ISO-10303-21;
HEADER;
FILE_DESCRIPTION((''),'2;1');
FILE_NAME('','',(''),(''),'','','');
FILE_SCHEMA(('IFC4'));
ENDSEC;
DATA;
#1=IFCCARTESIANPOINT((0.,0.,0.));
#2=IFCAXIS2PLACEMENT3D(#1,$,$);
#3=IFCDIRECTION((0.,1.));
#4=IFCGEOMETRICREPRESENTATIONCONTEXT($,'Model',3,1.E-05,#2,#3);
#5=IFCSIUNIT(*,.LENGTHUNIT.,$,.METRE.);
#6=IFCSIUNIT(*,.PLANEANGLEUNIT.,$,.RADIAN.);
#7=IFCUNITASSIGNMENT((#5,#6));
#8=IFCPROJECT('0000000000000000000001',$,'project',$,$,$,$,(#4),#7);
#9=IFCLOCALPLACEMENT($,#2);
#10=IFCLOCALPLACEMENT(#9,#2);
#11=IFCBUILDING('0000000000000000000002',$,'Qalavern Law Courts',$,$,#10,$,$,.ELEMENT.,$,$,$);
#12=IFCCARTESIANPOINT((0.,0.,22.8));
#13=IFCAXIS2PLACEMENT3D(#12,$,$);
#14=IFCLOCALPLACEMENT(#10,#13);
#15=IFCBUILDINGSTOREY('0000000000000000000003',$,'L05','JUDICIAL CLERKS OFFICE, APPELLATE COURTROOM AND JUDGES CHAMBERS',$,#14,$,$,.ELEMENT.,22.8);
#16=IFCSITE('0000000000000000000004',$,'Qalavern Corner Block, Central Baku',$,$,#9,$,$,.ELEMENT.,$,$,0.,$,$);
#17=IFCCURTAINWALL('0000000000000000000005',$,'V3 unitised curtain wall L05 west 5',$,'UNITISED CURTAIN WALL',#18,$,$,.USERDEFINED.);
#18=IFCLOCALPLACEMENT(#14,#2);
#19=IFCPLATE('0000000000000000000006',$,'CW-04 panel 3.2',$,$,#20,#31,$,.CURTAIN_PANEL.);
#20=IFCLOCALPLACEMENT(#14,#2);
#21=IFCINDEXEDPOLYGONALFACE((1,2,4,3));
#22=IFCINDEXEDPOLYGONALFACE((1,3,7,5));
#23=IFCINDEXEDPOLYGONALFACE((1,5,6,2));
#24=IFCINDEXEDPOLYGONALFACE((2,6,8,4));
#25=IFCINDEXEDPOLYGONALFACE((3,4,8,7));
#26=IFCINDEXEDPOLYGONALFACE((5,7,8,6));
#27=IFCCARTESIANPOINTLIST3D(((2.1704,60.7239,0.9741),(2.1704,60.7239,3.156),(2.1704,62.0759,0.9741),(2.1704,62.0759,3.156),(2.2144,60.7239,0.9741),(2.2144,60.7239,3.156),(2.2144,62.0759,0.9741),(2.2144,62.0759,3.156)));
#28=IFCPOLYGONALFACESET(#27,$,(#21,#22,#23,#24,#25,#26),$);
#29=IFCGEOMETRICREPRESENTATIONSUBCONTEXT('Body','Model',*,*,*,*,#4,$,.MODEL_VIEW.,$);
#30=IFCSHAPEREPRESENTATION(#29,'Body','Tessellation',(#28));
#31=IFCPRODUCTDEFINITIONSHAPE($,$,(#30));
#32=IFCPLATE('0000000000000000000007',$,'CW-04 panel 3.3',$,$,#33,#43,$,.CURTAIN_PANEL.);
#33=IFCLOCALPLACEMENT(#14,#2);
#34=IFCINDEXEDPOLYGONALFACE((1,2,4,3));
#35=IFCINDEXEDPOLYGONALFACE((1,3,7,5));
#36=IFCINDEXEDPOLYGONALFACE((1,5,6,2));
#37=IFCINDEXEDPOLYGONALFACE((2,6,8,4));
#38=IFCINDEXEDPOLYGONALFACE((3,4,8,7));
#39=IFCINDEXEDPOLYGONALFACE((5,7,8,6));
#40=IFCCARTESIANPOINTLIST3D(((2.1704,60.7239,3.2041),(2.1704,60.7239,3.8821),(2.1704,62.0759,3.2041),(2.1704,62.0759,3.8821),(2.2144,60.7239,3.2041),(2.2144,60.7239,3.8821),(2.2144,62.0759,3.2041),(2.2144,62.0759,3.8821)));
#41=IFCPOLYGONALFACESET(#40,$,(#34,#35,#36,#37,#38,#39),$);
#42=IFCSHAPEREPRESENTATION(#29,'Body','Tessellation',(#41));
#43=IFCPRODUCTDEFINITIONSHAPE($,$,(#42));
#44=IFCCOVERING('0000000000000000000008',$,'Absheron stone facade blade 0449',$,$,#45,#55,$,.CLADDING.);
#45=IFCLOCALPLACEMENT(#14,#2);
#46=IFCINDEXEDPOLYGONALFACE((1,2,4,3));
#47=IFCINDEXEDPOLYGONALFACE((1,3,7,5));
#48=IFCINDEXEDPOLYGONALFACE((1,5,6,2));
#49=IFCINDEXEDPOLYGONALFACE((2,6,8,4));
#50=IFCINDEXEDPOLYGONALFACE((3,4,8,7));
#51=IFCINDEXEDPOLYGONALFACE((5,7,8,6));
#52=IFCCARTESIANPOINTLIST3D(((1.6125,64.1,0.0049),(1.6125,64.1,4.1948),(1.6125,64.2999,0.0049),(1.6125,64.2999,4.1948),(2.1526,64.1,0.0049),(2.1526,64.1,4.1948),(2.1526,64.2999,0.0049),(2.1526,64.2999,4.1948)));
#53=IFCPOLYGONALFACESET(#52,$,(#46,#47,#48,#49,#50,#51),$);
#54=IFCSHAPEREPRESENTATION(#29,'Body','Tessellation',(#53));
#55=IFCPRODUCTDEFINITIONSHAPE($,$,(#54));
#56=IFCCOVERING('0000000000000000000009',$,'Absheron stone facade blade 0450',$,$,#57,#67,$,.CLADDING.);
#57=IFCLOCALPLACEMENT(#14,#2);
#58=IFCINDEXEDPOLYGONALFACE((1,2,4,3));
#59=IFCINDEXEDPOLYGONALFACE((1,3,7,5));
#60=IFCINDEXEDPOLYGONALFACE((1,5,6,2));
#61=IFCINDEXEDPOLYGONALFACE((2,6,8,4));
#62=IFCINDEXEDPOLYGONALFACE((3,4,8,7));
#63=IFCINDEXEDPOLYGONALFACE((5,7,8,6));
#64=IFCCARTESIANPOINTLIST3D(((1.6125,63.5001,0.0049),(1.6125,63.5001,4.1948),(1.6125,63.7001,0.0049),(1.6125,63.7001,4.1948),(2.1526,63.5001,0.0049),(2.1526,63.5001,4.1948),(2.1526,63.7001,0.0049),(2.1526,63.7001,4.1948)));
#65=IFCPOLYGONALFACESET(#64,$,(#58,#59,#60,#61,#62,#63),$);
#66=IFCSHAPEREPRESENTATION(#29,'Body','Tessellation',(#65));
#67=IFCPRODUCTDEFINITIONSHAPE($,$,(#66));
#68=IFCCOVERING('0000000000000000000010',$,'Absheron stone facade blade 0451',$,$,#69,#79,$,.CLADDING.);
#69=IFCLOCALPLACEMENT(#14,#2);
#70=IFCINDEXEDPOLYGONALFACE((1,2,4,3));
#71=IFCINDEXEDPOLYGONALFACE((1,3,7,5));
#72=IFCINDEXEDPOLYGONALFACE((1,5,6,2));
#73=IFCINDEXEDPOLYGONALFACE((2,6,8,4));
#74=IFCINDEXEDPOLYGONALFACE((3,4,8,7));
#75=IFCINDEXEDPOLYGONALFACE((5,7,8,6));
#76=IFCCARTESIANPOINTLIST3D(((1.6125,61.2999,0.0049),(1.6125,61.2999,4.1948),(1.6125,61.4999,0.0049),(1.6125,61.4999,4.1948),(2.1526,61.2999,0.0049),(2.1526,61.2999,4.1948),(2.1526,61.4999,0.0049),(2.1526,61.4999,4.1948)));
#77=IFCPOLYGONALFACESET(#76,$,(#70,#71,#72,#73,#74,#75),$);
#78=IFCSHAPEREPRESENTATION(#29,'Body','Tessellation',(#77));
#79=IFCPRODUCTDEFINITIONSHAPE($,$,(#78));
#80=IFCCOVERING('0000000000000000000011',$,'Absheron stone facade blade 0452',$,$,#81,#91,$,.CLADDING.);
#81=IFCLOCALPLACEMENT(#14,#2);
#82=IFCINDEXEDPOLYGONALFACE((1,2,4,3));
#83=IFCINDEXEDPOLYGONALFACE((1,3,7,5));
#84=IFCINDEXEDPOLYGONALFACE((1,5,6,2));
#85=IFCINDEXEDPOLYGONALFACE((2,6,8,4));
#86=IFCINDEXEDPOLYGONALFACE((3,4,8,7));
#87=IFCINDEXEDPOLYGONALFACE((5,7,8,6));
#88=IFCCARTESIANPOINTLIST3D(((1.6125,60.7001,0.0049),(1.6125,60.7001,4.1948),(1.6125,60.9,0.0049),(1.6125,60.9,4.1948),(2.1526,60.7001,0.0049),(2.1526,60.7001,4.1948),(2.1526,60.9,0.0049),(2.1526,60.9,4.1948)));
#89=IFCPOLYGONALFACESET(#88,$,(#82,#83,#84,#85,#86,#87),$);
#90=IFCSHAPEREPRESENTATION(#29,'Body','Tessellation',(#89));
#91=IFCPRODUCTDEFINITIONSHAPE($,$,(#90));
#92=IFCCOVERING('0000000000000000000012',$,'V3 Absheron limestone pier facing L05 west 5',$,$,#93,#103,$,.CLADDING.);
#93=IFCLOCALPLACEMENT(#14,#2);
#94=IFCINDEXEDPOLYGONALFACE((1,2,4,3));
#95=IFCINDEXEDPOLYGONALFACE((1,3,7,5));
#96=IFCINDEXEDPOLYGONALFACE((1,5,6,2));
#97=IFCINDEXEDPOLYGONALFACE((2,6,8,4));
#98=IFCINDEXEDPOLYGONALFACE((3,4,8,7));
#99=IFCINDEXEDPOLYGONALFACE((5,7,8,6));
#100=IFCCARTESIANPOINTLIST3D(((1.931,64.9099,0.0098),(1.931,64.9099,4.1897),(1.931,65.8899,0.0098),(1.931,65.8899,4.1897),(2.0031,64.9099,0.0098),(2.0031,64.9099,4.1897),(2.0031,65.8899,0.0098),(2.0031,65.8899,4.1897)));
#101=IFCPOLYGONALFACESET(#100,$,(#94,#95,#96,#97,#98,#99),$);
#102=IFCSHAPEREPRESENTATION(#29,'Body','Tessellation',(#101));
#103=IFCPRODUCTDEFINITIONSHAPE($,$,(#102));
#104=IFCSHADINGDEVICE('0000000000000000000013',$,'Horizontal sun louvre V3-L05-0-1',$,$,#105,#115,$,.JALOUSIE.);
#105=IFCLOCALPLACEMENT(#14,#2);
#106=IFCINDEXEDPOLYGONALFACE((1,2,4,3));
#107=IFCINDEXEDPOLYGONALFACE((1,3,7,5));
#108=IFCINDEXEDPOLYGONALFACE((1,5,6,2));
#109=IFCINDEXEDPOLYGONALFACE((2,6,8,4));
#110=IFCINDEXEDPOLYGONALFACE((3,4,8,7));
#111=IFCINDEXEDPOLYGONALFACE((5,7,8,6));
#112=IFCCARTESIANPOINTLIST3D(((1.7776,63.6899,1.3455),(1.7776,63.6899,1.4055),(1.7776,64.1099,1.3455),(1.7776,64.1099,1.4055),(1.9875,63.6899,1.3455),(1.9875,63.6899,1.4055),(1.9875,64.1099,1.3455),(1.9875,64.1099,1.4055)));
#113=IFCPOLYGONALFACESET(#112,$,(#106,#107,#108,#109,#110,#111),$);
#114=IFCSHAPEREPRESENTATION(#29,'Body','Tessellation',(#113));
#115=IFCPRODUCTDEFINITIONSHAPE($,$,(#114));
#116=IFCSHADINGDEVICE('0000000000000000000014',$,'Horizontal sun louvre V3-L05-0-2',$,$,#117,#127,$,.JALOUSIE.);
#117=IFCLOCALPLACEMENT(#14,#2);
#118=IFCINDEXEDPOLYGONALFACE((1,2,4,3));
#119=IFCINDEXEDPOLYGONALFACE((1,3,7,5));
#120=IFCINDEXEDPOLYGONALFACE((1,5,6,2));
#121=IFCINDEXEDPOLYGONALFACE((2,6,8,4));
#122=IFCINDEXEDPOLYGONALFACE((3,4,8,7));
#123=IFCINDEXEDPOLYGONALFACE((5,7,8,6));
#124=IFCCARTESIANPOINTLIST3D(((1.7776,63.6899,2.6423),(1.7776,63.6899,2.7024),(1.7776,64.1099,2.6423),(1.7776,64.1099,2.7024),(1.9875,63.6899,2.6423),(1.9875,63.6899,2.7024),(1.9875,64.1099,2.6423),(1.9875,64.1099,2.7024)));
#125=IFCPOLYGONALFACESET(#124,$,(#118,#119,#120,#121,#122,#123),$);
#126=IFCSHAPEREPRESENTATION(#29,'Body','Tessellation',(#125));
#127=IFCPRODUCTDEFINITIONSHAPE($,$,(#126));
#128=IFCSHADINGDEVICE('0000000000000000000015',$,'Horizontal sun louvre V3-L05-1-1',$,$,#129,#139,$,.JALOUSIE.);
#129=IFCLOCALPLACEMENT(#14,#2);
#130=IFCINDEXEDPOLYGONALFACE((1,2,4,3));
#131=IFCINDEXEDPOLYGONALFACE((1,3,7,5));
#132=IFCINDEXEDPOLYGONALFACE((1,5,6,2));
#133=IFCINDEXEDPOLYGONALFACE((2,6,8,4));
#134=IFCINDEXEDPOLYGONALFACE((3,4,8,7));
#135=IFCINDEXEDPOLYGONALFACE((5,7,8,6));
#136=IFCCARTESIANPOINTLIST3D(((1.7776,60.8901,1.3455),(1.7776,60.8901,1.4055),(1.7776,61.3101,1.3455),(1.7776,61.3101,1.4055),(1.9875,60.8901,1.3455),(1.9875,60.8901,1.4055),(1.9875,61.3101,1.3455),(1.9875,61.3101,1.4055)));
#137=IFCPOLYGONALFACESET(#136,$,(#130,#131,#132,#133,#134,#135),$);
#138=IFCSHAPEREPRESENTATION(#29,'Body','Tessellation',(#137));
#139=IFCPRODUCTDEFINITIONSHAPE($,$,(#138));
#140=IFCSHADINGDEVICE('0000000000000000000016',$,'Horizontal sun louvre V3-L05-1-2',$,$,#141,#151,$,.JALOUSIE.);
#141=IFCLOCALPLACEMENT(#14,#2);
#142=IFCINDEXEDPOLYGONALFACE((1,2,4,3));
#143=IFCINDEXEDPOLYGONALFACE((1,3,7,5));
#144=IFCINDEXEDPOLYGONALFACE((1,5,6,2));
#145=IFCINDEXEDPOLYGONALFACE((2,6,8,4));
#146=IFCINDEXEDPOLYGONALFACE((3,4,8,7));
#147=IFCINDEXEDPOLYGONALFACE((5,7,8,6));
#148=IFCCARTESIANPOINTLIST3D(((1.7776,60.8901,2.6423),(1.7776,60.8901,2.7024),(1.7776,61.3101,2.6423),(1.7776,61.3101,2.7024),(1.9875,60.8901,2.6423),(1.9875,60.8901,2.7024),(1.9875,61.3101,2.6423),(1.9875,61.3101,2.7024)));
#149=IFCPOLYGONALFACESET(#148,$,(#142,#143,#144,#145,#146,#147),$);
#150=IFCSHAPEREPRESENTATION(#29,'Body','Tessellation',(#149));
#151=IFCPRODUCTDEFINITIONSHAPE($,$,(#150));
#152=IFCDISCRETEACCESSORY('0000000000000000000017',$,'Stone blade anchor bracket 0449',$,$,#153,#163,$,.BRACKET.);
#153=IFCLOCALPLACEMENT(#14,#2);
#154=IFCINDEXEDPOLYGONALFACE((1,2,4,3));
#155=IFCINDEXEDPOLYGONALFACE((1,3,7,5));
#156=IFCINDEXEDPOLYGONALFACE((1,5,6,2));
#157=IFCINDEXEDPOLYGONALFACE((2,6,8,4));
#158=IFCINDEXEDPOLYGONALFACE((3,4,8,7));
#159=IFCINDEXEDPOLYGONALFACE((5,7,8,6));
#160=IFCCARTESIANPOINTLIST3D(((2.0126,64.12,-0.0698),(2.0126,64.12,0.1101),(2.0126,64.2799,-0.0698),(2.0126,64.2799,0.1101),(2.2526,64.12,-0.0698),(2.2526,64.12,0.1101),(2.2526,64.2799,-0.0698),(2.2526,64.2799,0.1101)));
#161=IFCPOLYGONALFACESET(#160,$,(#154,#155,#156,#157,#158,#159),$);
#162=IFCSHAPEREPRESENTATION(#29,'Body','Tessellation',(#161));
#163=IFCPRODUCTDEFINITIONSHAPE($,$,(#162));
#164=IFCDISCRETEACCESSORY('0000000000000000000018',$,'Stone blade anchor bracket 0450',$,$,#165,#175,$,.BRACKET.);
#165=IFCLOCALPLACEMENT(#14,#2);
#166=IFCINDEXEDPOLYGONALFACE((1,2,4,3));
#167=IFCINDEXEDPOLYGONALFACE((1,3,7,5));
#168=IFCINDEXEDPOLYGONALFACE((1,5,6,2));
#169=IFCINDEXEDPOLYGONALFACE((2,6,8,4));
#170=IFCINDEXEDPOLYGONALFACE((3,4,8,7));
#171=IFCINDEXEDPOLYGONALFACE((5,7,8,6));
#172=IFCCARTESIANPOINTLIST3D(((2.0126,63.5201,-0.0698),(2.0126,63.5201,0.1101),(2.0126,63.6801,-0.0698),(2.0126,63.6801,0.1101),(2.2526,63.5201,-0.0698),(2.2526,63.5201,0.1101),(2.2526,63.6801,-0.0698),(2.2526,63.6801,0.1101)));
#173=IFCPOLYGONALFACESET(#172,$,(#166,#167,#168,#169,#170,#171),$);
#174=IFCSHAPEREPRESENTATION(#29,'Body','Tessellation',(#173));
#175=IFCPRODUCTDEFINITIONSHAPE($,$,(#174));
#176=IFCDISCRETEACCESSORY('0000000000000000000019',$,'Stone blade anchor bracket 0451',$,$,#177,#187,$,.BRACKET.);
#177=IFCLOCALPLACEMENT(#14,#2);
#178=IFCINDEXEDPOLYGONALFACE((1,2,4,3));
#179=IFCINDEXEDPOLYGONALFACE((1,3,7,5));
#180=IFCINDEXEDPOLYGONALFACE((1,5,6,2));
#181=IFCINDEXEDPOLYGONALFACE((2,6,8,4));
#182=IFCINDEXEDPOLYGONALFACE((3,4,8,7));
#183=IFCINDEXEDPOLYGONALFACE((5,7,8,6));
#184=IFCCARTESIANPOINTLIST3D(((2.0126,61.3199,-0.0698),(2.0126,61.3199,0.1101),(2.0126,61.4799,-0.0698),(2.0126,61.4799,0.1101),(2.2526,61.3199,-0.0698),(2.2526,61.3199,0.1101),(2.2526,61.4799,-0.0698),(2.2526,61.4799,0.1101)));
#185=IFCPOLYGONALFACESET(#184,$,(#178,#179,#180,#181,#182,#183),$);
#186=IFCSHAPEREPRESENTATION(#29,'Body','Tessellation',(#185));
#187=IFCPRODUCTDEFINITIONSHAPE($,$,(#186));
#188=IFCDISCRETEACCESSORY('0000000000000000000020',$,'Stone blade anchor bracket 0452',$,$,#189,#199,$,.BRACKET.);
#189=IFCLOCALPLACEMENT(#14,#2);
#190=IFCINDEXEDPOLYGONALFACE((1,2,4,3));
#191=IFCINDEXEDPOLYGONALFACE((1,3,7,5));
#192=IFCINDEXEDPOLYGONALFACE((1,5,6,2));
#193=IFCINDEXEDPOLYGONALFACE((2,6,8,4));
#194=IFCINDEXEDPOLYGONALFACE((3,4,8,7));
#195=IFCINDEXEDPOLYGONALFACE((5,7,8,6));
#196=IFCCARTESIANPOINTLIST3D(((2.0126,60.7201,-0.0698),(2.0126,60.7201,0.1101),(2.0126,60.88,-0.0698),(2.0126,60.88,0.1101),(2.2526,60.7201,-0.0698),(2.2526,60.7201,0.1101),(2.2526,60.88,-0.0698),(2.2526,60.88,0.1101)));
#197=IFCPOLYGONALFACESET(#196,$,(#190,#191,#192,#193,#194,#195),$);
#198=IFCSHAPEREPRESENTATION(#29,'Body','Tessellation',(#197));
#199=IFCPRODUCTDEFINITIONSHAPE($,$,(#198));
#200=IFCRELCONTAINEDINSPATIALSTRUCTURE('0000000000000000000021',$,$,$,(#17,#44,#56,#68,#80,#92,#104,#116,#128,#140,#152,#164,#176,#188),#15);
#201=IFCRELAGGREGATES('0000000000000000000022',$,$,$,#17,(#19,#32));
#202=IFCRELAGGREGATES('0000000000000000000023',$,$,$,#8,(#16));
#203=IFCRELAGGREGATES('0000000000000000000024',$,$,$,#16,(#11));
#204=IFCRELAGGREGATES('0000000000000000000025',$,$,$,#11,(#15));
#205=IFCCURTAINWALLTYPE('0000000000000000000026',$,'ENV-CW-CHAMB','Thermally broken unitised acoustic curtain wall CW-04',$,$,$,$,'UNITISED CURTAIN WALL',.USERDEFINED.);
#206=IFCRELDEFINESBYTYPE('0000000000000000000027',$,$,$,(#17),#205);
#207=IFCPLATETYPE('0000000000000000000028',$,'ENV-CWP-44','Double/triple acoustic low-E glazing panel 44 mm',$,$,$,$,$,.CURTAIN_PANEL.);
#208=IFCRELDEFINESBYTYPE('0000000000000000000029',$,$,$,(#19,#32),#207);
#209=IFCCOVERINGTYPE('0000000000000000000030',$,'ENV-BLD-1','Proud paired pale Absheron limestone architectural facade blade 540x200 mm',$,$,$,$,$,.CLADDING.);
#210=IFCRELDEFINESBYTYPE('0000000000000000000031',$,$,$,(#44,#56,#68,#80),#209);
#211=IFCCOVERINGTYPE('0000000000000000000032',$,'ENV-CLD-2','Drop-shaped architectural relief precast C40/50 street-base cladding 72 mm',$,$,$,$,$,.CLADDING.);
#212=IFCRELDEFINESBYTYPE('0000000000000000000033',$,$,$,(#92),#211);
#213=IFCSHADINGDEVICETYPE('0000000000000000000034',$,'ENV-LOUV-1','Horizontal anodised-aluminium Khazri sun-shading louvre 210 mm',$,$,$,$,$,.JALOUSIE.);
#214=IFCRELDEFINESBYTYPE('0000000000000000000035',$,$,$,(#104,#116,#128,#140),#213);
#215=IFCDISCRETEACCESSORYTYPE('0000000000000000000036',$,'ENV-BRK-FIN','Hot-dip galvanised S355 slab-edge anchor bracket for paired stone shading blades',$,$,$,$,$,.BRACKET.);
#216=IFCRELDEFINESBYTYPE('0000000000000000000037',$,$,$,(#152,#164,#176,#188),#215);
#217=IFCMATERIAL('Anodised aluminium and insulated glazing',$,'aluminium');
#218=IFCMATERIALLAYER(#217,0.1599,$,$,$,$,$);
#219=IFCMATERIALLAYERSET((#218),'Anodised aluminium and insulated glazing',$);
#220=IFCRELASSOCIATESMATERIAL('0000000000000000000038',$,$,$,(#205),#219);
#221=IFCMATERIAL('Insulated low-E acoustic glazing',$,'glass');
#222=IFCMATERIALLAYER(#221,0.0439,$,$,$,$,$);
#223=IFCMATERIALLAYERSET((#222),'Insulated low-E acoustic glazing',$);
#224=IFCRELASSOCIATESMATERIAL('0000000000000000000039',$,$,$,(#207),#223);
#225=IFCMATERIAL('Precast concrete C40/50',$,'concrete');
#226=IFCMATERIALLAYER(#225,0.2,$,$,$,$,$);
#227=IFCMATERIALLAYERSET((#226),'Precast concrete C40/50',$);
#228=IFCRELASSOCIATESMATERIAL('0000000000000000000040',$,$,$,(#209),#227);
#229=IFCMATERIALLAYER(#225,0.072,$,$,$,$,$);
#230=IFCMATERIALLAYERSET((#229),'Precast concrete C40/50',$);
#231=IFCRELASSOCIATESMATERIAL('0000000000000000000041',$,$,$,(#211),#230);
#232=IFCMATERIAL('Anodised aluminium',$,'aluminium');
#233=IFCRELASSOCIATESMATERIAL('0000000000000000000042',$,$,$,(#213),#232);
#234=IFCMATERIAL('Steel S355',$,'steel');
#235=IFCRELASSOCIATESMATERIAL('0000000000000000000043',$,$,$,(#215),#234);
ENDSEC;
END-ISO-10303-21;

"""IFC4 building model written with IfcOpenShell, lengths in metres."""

from ifc_helpers import new_model, si_unit, direction, frame, origin, origin_2d, place, context, subcontext, project, spatial, rectangle, extrude, material, layer, layer_set, type_object, element, aggregate, save


model = new_model("IFC4")

# Units and contexts
model_context = context("Model", 3, precision=1e-05, world=origin(), true_north=direction((0.0, 1.0)))
body_context = subcontext(model_context, "Body", "Model", "MODEL_VIEW")
ifc_project = project(units=[si_unit("LENGTHUNIT", "METRE"), si_unit("PLANEANGLEUNIT", "RADIAN")], contexts=[model_context])

# Site, building, storey
site_placement = place(None, origin())
site = spatial("IfcSite", under=ifc_project, at=site_placement, Name="Qalavern Corner Block, Central Baku", CompositionType="ELEMENT", RefElevation=0.0)
building_placement = place(site_placement, origin())
building = spatial("IfcBuilding", under=site, at=building_placement, Name="Qalavern Law Courts", CompositionType="ELEMENT")
storey_placement = place(building_placement, frame((0.0, 0.0, 22.8)))
storey = spatial("IfcBuildingStorey", under=building, at=storey_placement, Name="L05", Description="JUDICIAL CLERKS OFFICE, APPELLATE COURTROOM AND JUDGES CHAMBERS", CompositionType="ELEMENT", Elevation=22.8)

# Curtain wall, plates
ifc_material_1 = material(Name="Anodised aluminium and insulated glazing", Category="aluminium")
ifc_layer_1 = layer(ifc_material_1, 0.1599)
ifc_layer_set_1 = layer_set([ifc_layer_1], Name="Anodised aluminium and insulated glazing")
curtain_wall_type = type_object("IfcCurtainWallType", Name="ENV-CW-CHAMB", Description="Thermally broken unitised acoustic curtain wall CW-04", ElementType="UNITISED CURTAIN WALL", PredefinedType="USERDEFINED", material=ifc_layer_set_1)
curtain_wall_placement = place(storey_placement, origin())
curtain_wall = element("IfcCurtainWall", 1, at=curtain_wall_placement, inside=storey, type_object=curtain_wall_type, Name="V3 unitised curtain wall L05 west 5", ObjectType="UNITISED CURTAIN WALL", PredefinedType="USERDEFINED")
ifc_material_2 = material(Name="Anodised aluminium", Category="aluminium")
ifc_material_3 = material(Name="Insulated low-E acoustic glazing", Category="glass")
ifc_layer_2 = layer(ifc_material_3, 0.0439)
ifc_layer_set_2 = layer_set([ifc_layer_2], Name="Insulated low-E acoustic glazing")
plate_type = type_object("IfcPlateType", Name="ENV-CWP-44", Description="Double/triple acoustic low-E glazing panel 44 mm", PredefinedType="CURTAIN_PANEL", material=ifc_layer_set_2)
plate_1_placement = place(storey_placement, frame((2.1924, 61.3999, 0.9741), z_axis=(0.0, 0.0, 1.0), x_axis=(0.0, -1.0, 0.0)))
plate_1 = element("IfcPlate", 2, at=plate_1_placement, type_object=plate_type, Name="CW-04 panel 3.2", PredefinedType="CURTAIN_PANEL", context=body_context, shape_type="SweptSolid", body=[
    extrude(rectangle(XDim=1.3521, YDim=0.0439, at=origin_2d()), origin(), (0.0, 0.0, 1.0), 2.1819),
])
plate_2_placement = place(storey_placement, frame((2.1924, 61.3999, 3.2041), z_axis=(0.0, 0.0, 1.0), x_axis=(0.0, -1.0, 0.0)))
plate_2 = element("IfcPlate", 3, at=plate_2_placement, type_object=plate_type, Name="CW-04 panel 3.3", PredefinedType="CURTAIN_PANEL", context=body_context, shape_type="SweptSolid", body=[
    extrude(rectangle(XDim=1.3521, YDim=0.0439, at=origin_2d()), origin(), (0.0, 0.0, 1.0), 0.678),
])
aggregate(curtain_wall, [plate_1, plate_2])

# Coverings
ifc_material_4 = material(Name="Precast concrete C40/50", Category="concrete")
ifc_layer_3 = layer(ifc_material_4, 0.2)
ifc_layer_set_3 = layer_set([ifc_layer_3], Name="Precast concrete C40/50")
covering_type_1 = type_object("IfcCoveringType", Name="ENV-BLD-1", Description="Proud paired pale Absheron limestone architectural facade blade 540x200 mm", PredefinedType="CLADDING", material=ifc_layer_set_3)
for number, where, z_axis, x_axis, name in (
    (4, (1.8826, 64.2, 0.0049), (0.0, 0.0, 1.0), (-1.0, 0.0, 0.0), "Absheron stone facade blade 0449"),
    (5, (1.8826, 63.6001, 0.0049), (0.0, 0.0, 1.0), (-1.0, 0.0, 0.0), "Absheron stone facade blade 0450"),
    (6, (1.8826, 61.3999, 0.0049), (0.0, 0.0, 1.0), (-1.0, 0.0, 0.0), "Absheron stone facade blade 0451"),
    (7, (1.8826, 60.8, 0.0049), (0.0, 0.0, 1.0), (-1.0, 0.0, 0.0), "Absheron stone facade blade 0452"),
):
    element("IfcCovering", number, at=place(storey_placement, frame(where, z_axis=z_axis, x_axis=x_axis)), inside=storey, type_object=covering_type_1, Name=name, PredefinedType="CLADDING", context=body_context, shape_type="SweptSolid", body=[
        extrude(rectangle(XDim=0.54, YDim=0.2, at=origin_2d()), origin(), (0.0, 0.0, 1.0), 4.1899),
    ])
ifc_layer_4 = layer(ifc_material_4, 0.072)
ifc_layer_set_4 = layer_set([ifc_layer_4], Name="Precast concrete C40/50")
covering_type_2 = type_object("IfcCoveringType", Name="ENV-CLD-2", Description="Drop-shaped architectural relief precast C40/50 street-base cladding 72 mm", PredefinedType="CLADDING", material=ifc_layer_set_4)
covering_placement = place(storey_placement, frame((1.967, 65.3999, 0.0098), z_axis=(0.0, 0.0, 1.0), x_axis=(0.0, -1.0, 0.0)))
element("IfcCovering", 8, at=covering_placement, inside=storey, type_object=covering_type_2, Name="V3 Absheron limestone pier facing L05 west 5", PredefinedType="CLADDING", context=body_context, shape_type="SweptSolid", body=[
    extrude(rectangle(XDim=0.98, YDim=0.072, at=origin_2d()), origin(), (0.0, 0.0, 1.0), 4.1799),
])

# Shading devices
shading_device_type = type_object("IfcShadingDeviceType", Name="ENV-LOUV-1", Description="Horizontal anodised-aluminium Khazri sun-shading louvre 210 mm", PredefinedType="JALOUSIE", material=ifc_material_2)
for number, where, z_axis, x_axis, name in (
    (9, (1.8826, 63.8999, 1.3455), (0.0, 0.0, 1.0), (0.0, -1.0, 0.0), "Horizontal sun louvre V3-L05-0-1"),
    (10, (1.8826, 63.8999, 2.6423), (0.0, 0.0, 1.0), (0.0, -1.0, 0.0), "Horizontal sun louvre V3-L05-0-2"),
    (11, (1.8826, 61.1001, 1.3455), (0.0, 0.0, 1.0), (0.0, -1.0, 0.0), "Horizontal sun louvre V3-L05-1-1"),
    (12, (1.8826, 61.1001, 2.6423), (0.0, 0.0, 1.0), (0.0, -1.0, 0.0), "Horizontal sun louvre V3-L05-1-2"),
):
    element("IfcShadingDevice", number, at=place(storey_placement, frame(where, z_axis=z_axis, x_axis=x_axis)), inside=storey, type_object=shading_device_type, Name=name, PredefinedType="JALOUSIE", context=body_context, shape_type="SweptSolid", body=[
        extrude(rectangle(XDim=0.4199, YDim=0.21, at=origin_2d()), origin(), (0.0, 0.0, 1.0), 0.0601),
    ])

# Discrete accessories
ifc_material_5 = material(Name="Steel S355", Category="steel")
discrete_accessory_type = type_object("IfcDiscreteAccessoryType", Name="ENV-BRK-FIN", Description="Hot-dip galvanised S355 slab-edge anchor bracket for paired stone shading blades", PredefinedType="BRACKET", material=ifc_material_5)
for number, where, z_axis, x_axis, name in (
    (13, (2.1326, 64.2, -0.0698), (0.0, 0.0, 1.0), (-1.0, 0.0, 0.0), "Stone blade anchor bracket 0449"),
    (14, (2.1326, 63.6001, -0.0698), (0.0, 0.0, 1.0), (-1.0, 0.0, 0.0), "Stone blade anchor bracket 0450"),
    (15, (2.1326, 61.3999, -0.0698), (0.0, 0.0, 1.0), (-1.0, 0.0, 0.0), "Stone blade anchor bracket 0451"),
    (16, (2.1326, 60.8, -0.0698), (0.0, 0.0, 1.0), (-1.0, 0.0, 0.0), "Stone blade anchor bracket 0452"),
):
    element("IfcDiscreteAccessory", number, at=place(storey_placement, frame(where, z_axis=z_axis, x_axis=x_axis)), inside=storey, type_object=discrete_accessory_type, Name=name, PredefinedType="BRACKET", context=body_context, shape_type="SweptSolid", body=[
        extrude(rectangle(XDim=0.24, YDim=0.1599, at=origin_2d()), origin(), (0.0, 0.0, 1.0), 0.1799),
    ])

save(model, "model.ifc")
